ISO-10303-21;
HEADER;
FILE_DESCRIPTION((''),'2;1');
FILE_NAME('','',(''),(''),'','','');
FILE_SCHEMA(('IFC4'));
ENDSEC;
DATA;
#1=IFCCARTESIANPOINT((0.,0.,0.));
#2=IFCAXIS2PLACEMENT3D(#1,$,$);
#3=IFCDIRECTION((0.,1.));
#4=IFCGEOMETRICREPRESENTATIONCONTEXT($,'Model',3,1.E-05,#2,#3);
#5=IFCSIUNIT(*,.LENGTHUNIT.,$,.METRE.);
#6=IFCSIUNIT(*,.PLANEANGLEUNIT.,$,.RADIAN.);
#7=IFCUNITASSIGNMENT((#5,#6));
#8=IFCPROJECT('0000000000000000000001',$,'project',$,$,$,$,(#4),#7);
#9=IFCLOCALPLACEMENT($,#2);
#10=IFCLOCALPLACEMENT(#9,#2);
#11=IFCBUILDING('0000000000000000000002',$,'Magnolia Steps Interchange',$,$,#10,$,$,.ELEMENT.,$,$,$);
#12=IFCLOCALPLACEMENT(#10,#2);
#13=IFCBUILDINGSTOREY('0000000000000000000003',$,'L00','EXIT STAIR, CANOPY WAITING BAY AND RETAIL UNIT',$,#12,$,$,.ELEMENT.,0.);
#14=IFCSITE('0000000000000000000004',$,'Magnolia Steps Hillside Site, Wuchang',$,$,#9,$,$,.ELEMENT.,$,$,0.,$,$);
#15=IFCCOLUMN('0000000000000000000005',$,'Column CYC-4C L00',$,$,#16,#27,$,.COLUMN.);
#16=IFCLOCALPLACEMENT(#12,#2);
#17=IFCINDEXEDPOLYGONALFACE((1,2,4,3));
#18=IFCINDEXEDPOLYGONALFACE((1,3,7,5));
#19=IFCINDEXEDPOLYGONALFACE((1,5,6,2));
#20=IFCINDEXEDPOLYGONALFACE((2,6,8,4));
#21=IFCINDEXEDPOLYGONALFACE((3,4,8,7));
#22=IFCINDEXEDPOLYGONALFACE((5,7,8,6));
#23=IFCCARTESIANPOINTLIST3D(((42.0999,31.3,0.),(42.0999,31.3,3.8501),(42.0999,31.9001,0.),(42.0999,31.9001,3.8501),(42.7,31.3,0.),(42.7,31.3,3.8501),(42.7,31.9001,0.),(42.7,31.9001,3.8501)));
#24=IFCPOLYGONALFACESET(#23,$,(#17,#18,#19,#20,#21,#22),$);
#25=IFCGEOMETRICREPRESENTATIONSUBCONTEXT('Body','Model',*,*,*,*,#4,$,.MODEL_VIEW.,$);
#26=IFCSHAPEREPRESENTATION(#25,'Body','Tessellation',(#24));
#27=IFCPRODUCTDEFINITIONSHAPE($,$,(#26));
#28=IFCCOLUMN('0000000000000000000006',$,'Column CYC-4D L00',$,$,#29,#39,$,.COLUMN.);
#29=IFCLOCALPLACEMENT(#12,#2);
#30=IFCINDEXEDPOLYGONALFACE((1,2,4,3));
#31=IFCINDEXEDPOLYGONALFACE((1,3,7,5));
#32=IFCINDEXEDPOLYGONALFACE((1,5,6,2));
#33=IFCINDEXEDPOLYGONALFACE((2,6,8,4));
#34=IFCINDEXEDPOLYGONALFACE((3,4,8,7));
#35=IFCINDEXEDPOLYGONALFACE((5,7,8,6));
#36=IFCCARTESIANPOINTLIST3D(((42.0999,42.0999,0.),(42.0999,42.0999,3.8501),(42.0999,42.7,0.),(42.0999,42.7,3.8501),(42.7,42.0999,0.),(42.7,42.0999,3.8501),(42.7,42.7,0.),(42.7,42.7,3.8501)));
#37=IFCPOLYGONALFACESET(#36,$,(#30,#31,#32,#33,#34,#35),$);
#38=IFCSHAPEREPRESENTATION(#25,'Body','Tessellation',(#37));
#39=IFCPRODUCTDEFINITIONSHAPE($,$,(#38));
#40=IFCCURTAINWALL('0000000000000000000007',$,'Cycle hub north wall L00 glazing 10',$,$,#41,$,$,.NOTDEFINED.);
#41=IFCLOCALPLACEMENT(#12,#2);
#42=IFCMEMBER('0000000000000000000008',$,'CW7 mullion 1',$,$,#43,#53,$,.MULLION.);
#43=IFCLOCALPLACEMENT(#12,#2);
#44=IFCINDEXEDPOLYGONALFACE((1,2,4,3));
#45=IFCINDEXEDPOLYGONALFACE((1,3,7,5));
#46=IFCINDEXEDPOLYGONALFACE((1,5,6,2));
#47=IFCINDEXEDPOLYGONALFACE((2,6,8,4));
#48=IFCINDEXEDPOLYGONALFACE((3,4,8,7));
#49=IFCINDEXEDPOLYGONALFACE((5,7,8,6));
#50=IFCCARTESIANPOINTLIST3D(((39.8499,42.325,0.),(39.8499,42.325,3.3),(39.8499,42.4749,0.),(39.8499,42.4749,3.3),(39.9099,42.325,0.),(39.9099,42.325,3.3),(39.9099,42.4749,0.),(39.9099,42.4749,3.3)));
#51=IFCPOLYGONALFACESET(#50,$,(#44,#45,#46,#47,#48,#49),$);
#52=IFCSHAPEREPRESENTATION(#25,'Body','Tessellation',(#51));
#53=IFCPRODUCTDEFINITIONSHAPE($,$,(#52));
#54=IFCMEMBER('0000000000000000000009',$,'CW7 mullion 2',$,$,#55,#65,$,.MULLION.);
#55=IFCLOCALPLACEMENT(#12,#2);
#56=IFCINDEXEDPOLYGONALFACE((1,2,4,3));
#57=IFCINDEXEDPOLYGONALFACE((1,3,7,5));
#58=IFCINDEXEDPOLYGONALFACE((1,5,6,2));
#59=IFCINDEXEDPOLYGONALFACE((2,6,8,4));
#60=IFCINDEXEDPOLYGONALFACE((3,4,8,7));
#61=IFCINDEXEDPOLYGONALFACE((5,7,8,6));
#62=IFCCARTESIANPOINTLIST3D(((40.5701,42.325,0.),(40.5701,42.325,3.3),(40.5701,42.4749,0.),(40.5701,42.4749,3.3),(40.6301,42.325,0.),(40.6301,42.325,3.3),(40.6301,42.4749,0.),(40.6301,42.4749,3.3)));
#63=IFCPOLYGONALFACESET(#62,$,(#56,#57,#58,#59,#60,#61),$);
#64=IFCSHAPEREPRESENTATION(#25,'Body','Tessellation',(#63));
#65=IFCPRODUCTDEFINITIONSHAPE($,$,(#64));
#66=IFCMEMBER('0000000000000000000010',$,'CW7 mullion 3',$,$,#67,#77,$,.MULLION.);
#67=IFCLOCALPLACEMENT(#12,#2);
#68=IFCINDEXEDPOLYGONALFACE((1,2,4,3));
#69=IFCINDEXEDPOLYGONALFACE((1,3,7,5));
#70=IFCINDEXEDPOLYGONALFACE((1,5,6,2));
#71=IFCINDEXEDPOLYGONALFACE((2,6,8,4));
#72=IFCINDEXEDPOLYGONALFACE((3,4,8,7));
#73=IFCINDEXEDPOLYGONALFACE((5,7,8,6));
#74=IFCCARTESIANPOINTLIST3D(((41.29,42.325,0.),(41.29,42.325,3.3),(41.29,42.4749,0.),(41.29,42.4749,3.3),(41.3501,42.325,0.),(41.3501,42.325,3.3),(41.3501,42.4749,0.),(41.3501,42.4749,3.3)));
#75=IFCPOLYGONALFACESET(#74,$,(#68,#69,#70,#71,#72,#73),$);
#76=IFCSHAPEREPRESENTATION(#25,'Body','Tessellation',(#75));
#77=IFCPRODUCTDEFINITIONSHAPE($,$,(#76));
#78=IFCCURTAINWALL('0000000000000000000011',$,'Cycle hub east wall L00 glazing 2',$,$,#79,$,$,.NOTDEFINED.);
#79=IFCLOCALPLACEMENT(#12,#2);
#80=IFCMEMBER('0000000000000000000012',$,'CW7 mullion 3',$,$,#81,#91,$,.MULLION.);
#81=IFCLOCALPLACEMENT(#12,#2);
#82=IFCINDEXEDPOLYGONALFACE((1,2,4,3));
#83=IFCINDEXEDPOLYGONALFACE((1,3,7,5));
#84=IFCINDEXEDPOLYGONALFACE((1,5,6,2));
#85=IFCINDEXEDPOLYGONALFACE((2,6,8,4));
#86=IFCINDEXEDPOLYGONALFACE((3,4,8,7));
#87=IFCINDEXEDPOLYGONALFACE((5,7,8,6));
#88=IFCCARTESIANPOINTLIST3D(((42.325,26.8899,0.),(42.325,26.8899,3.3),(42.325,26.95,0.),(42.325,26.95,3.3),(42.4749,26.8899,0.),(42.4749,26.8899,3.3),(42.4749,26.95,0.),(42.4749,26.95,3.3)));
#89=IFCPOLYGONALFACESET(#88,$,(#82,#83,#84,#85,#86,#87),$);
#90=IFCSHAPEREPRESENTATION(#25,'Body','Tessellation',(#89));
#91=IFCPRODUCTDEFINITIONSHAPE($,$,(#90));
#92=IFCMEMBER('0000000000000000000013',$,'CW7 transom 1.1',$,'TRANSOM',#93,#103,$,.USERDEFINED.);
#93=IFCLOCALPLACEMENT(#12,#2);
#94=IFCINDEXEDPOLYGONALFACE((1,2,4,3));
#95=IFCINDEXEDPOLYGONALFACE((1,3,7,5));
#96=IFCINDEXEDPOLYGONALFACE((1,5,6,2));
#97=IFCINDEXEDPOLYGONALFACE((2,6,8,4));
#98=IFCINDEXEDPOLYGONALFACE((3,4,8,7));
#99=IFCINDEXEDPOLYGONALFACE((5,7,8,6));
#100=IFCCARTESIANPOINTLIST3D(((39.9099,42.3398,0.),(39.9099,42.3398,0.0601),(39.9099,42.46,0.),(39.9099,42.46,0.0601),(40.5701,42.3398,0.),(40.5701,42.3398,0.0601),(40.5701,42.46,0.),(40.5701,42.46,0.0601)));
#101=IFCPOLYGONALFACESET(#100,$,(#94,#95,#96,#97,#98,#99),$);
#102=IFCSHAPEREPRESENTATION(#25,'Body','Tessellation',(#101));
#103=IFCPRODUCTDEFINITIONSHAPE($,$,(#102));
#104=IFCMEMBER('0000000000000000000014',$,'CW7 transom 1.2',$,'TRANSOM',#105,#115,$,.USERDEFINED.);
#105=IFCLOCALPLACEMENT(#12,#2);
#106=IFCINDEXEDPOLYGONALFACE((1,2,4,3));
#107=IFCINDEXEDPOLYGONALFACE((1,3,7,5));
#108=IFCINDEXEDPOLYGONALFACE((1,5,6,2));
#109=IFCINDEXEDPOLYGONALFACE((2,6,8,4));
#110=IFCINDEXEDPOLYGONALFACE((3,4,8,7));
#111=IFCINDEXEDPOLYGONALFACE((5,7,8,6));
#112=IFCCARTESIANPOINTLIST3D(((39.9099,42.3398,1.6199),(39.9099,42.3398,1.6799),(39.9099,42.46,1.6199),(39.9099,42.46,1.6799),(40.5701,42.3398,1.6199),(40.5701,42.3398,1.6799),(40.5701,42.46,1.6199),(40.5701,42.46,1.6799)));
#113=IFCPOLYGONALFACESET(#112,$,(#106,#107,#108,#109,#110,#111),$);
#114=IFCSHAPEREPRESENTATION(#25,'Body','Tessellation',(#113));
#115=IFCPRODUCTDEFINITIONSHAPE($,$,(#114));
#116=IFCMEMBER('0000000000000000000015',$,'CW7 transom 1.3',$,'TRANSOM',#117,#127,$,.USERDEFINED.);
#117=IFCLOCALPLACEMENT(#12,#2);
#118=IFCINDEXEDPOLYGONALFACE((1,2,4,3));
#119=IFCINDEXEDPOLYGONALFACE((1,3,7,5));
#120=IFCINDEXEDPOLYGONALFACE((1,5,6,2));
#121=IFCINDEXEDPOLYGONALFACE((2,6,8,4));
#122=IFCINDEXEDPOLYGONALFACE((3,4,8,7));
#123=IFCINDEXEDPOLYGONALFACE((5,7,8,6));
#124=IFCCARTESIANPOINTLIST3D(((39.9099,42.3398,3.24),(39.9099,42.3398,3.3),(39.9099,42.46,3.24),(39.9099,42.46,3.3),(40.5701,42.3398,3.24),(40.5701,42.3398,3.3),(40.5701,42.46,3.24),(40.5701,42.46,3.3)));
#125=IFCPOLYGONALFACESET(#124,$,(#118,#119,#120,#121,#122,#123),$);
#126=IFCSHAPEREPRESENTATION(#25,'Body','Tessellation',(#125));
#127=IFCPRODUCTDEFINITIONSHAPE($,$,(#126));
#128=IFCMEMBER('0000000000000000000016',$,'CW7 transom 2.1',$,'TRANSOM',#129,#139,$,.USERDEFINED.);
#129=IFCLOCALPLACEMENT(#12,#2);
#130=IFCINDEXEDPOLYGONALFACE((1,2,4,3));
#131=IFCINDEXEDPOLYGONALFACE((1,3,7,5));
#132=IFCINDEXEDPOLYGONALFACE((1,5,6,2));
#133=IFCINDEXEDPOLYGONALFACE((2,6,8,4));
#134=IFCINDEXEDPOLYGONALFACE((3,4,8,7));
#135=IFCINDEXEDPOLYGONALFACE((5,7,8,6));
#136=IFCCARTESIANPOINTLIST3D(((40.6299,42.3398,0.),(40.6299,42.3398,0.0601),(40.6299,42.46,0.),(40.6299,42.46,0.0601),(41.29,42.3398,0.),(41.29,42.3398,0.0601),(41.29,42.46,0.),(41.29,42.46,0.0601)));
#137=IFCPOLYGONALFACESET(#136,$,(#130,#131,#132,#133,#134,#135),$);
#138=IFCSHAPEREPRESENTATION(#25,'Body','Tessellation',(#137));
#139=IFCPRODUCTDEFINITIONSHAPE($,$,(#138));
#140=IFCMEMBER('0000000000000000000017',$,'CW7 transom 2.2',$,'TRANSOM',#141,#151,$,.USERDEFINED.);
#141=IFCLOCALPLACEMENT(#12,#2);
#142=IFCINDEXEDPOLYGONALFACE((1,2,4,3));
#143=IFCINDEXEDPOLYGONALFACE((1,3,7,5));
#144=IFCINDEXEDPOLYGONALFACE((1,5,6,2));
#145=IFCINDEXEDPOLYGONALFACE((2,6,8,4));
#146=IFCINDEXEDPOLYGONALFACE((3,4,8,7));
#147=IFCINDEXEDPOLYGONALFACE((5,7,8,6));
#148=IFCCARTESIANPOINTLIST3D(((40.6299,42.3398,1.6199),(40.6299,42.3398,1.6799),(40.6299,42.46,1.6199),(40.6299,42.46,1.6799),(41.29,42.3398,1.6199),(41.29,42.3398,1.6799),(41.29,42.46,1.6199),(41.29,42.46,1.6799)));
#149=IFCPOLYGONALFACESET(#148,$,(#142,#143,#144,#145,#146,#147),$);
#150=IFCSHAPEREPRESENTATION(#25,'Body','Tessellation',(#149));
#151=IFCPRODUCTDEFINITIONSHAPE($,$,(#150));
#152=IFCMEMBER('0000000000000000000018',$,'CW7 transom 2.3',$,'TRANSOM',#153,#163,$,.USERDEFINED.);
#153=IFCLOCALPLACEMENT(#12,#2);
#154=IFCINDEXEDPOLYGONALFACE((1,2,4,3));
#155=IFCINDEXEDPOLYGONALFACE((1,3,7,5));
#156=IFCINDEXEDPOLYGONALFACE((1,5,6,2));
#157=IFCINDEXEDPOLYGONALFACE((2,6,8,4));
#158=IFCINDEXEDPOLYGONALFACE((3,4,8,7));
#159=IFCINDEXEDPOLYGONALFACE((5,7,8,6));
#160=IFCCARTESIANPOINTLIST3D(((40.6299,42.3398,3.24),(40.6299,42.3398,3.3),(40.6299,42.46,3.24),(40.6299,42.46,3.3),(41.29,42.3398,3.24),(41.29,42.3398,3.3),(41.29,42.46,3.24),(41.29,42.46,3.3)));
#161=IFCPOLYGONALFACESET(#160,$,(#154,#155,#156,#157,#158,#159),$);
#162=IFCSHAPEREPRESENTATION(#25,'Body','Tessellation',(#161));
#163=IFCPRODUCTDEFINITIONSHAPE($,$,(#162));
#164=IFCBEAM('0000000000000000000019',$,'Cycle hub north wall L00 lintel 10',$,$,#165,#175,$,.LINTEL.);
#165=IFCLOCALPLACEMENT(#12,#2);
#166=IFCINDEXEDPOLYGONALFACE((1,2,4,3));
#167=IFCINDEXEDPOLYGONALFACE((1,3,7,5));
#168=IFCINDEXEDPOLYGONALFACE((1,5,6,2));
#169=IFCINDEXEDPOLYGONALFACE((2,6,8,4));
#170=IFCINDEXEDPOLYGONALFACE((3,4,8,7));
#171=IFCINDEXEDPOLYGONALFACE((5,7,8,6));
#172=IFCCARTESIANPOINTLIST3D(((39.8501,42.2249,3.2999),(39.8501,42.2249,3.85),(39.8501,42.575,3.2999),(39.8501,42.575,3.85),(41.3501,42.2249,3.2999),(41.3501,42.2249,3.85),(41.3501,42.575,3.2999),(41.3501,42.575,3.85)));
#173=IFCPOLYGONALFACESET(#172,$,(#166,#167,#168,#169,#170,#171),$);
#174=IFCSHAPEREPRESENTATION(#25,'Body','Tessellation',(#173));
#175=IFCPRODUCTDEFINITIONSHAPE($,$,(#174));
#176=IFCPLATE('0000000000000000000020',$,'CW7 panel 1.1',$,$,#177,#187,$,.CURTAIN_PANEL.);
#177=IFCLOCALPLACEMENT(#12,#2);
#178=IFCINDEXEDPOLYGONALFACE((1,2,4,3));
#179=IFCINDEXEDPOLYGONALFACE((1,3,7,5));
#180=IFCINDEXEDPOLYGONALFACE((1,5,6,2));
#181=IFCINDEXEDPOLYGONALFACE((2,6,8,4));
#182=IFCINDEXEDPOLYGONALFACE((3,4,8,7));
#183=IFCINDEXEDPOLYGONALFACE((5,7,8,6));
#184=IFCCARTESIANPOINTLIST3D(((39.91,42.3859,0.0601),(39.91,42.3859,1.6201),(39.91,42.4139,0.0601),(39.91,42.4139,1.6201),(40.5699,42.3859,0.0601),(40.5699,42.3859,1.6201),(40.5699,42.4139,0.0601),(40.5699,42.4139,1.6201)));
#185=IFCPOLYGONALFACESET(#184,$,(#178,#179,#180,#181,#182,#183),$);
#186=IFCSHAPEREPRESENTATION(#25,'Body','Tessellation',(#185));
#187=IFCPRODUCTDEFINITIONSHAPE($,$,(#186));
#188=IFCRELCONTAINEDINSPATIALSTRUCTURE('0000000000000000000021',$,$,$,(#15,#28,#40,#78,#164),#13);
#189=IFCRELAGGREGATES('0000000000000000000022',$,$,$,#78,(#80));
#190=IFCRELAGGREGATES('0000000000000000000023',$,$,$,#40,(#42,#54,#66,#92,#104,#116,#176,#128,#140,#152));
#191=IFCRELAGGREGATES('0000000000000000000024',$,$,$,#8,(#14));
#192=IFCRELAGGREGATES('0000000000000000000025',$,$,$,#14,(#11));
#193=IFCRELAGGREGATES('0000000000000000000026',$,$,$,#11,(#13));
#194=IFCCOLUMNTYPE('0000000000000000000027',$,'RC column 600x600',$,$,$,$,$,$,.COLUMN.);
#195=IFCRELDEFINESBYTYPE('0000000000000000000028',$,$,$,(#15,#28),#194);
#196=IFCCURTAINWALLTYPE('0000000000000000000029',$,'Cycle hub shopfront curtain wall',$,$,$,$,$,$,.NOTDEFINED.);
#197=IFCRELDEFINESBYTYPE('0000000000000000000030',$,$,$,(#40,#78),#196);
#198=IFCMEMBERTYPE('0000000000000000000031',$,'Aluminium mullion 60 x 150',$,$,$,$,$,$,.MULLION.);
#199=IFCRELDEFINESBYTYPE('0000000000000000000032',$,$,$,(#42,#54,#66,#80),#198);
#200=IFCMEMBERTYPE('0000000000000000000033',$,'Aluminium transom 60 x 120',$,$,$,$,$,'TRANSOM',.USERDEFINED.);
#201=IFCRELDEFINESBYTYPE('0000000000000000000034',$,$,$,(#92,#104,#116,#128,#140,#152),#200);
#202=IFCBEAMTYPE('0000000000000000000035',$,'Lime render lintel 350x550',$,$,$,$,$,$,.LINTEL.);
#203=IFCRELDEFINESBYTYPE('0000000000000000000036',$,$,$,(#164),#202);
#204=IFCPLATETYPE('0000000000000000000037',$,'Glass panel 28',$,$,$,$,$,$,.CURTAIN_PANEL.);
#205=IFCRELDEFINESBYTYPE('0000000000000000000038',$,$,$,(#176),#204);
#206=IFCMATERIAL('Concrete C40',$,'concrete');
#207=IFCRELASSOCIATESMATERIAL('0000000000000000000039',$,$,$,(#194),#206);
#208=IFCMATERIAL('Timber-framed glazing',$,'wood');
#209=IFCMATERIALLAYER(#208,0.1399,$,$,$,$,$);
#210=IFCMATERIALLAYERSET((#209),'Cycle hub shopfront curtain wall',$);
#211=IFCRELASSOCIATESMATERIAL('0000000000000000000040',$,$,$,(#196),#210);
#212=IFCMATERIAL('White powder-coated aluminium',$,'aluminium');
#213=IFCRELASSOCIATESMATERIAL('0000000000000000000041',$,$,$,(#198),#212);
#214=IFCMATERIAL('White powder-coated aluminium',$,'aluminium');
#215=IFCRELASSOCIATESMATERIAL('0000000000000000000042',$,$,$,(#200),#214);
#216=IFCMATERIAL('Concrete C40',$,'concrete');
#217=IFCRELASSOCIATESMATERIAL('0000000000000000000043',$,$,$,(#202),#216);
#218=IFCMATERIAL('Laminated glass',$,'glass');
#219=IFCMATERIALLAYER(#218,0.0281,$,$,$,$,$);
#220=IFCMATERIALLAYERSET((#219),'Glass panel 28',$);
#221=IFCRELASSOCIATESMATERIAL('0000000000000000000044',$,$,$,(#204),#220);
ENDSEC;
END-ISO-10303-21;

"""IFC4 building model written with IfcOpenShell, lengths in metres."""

from ifc_helpers import new_model, si_unit, direction, frame, origin, origin_2d, place, context, subcontext, project, spatial, rectangle, extrude, material, layer, layer_set, material_profile, profile_set, type_object, element, aggregate, save


model = new_model("IFC4")

# Units and contexts
model_context = context("Model", 3, precision=1e-05, world=origin(), true_north=direction((0.0, 1.0)))
body_context = subcontext(model_context, "Body", "Model", "MODEL_VIEW")
ifc_project = project(units=[si_unit("LENGTHUNIT", "METRE"), si_unit("PLANEANGLEUNIT", "RADIAN")], contexts=[model_context])

# Site, building, storey
site_placement = place(None, origin())
site = spatial("IfcSite", under=ifc_project, at=site_placement, Name="Magnolia Steps Hillside Site, Wuchang", CompositionType="ELEMENT", RefElevation=0.0)
building_placement = place(site_placement, origin())
building = spatial("IfcBuilding", under=site, at=building_placement, Name="Magnolia Steps Interchange", CompositionType="ELEMENT")
storey_placement = place(building_placement, origin())
storey = spatial("IfcBuildingStorey", under=building, at=storey_placement, Name="L00", Description="EXIT STAIR, CANOPY WAITING BAY AND RETAIL UNIT", CompositionType="ELEMENT", Elevation=0.0)

# Columns
ifc_material_1 = material(Name="Concrete C40", Category="concrete")
ifc_material_profile_1 = material_profile(ifc_material_1, rectangle(XDim=0.6001, YDim=0.6001, at=origin_2d()), Name="RC600x600")
ifc_profile_set_1 = profile_set([ifc_material_profile_1], Name="Concrete C40")
column_type = type_object("IfcColumnType", Name="RC column 600x600", PredefinedType="COLUMN", material=ifc_profile_set_1)
for number, where, z_axis, x_axis, name in (
    (1, (42.3999, 31.6001, 0.0), (0.0, 0.0, 1.0), (1.0, 0.0, 0.0), "Column CYC-4C L00"),
    (2, (42.3999, 42.3999, 0.0), (0.0, 0.0, 1.0), (1.0, 0.0, 0.0), "Column CYC-4D L00"),
):
    element("IfcColumn", number, at=place(storey_placement, frame(where, z_axis=z_axis, x_axis=x_axis)), inside=storey, type_object=column_type, Name=name, PredefinedType="COLUMN", context=body_context, shape_type="SweptSolid", body=[
        extrude(rectangle(XDim=0.6001, YDim=0.6001, at=origin_2d()), origin(), (0.0, 0.0, 1.0), 3.8501),
    ])

# Curtain wall, members
ifc_material_2 = material(Name="Timber-framed glazing", Category="wood")
ifc_layer_1 = layer(ifc_material_2, 0.1399)
ifc_layer_set_1 = layer_set([ifc_layer_1], Name="Cycle hub shopfront curtain wall")
curtain_wall_type = type_object("IfcCurtainWallType", Name="Cycle hub shopfront curtain wall", PredefinedType="NOTDEFINED", material=ifc_layer_set_1)
curtain_wall_1_placement = place(storey_placement, origin())
curtain_wall_1 = element("IfcCurtainWall", 3, at=curtain_wall_1_placement, inside=storey, type_object=curtain_wall_type, Name="Cycle hub north wall L00 glazing 10", PredefinedType="NOTDEFINED")
ifc_material_3 = material(Name="White powder-coated aluminium", Category="aluminium")
ifc_material_profile_2 = material_profile(ifc_material_3, rectangle(XDim=0.0601, YDim=0.1499, at=origin_2d()), Name="Aluminium mullion 60 x 150")
ifc_profile_set_2 = profile_set([ifc_material_profile_2], Name="White powder-coated aluminium")
member_type_1 = type_object("IfcMemberType", Name="Aluminium mullion 60 x 150", PredefinedType="MULLION", material=ifc_profile_set_2)
member_1_placement = place(storey_placement, frame((39.8799, 42.3999, 0.0), z_axis=(0.0, 0.0, 1.0), x_axis=(1.0, 0.0, 0.0)))
member_1 = element("IfcMember", 4, at=member_1_placement, type_object=member_type_1, Name="CW7 mullion 1", PredefinedType="MULLION", context=body_context, shape_type="SweptSolid", body=[
    extrude(rectangle(XDim=0.0601, YDim=0.1499, at=origin_2d()), origin(), (0.0, 0.0, 1.0), 3.3),
])
member_2_placement = place(storey_placement, frame((40.6001, 42.3999, 0.0), z_axis=(0.0, 0.0, 1.0), x_axis=(1.0, 0.0, 0.0)))
member_2 = element("IfcMember", 5, at=member_2_placement, type_object=member_type_1, Name="CW7 mullion 2", PredefinedType="MULLION", context=body_context, shape_type="SweptSolid", body=[
    extrude(rectangle(XDim=0.0601, YDim=0.1499, at=origin_2d()), origin(), (0.0, 0.0, 1.0), 3.3),
])
member_3_placement = place(storey_placement, frame((41.3201, 42.3999, 0.0), z_axis=(0.0, 0.0, 1.0), x_axis=(1.0, 0.0, 0.0)))
member_3 = element("IfcMember", 6, at=member_3_placement, type_object=member_type_1, Name="CW7 mullion 3", PredefinedType="MULLION", context=body_context, shape_type="SweptSolid", body=[
    extrude(rectangle(XDim=0.0601, YDim=0.1499, at=origin_2d()), origin(), (0.0, 0.0, 1.0), 3.3),
])

# Curtain wall, member
curtain_wall_2_placement = place(storey_placement, origin())
curtain_wall_2 = element("IfcCurtainWall", 7, at=curtain_wall_2_placement, inside=storey, type_object=curtain_wall_type, Name="Cycle hub east wall L00 glazing 2", PredefinedType="NOTDEFINED")
member_4_placement = place(storey_placement, frame((42.3999, 26.9199, 0.0), z_axis=(0.0, 0.0, 1.0), x_axis=(0.0, 1.0, 0.0)))
member_4 = element("IfcMember", 8, at=member_4_placement, type_object=member_type_1, Name="CW7 mullion 3", PredefinedType="MULLION", context=body_context, shape_type="SweptSolid", body=[
    extrude(rectangle(XDim=0.0601, YDim=0.1499, at=origin_2d()), origin(), (0.0, 0.0, 1.0), 3.3),
])
aggregate(curtain_wall_2, [member_4])

# Members
ifc_material_4 = material(Name="White powder-coated aluminium", Category="aluminium")
ifc_material_profile_3 = material_profile(ifc_material_4, rectangle(XDim=0.0601, YDim=0.1201, at=origin_2d()), Name="Aluminium transom 60 x 120")
ifc_profile_set_3 = profile_set([ifc_material_profile_3], Name="White powder-coated aluminium")
member_type_2 = type_object("IfcMemberType", Name="Aluminium transom 60 x 120", ElementType="TRANSOM", PredefinedType="USERDEFINED", material=ifc_profile_set_3)
member_5_placement = place(storey_placement, frame((39.9099, 42.3999, 0.03), z_axis=(1.0, 0.0, 0.0), x_axis=(0.0, 0.0, 1.0)))
member_5 = element("IfcMember", 9, at=member_5_placement, type_object=member_type_2, Name="CW7 transom 1.1", ObjectType="TRANSOM", PredefinedType="USERDEFINED", context=body_context, shape_type="SweptSolid", body=[
    extrude(rectangle(XDim=0.0601, YDim=0.1201, at=origin_2d()), origin(), (0.0, 0.0, 1.0), 0.6602),
])
member_6_placement = place(storey_placement, frame((39.9099, 42.3999, 1.6499), z_axis=(1.0, 0.0, 0.0), x_axis=(0.0, 0.0, 1.0)))
member_6 = element("IfcMember", 10, at=member_6_placement, type_object=member_type_2, Name="CW7 transom 1.2", ObjectType="TRANSOM", PredefinedType="USERDEFINED", context=body_context, shape_type="SweptSolid", body=[
    extrude(rectangle(XDim=0.0601, YDim=0.1201, at=origin_2d()), origin(), (0.0, 0.0, 1.0), 0.6602),
])
member_7_placement = place(storey_placement, frame((39.9099, 42.3999, 3.27), z_axis=(1.0, 0.0, 0.0), x_axis=(0.0, 0.0, 1.0)))
member_7 = element("IfcMember", 11, at=member_7_placement, type_object=member_type_2, Name="CW7 transom 1.3", ObjectType="TRANSOM", PredefinedType="USERDEFINED", context=body_context, shape_type="SweptSolid", body=[
    extrude(rectangle(XDim=0.0601, YDim=0.1201, at=origin_2d()), origin(), (0.0, 0.0, 1.0), 0.6602),
])
member_8_placement = place(storey_placement, frame((40.6299, 42.3999, 0.03), z_axis=(1.0, 0.0, 0.0), x_axis=(0.0, 0.0, 1.0)))
member_8 = element("IfcMember", 12, at=member_8_placement, type_object=member_type_2, Name="CW7 transom 2.1", ObjectType="TRANSOM", PredefinedType="USERDEFINED", context=body_context, shape_type="SweptSolid", body=[
    extrude(rectangle(XDim=0.0601, YDim=0.1201, at=origin_2d()), origin(), (0.0, 0.0, 1.0), 0.6602),
])
member_9_placement = place(storey_placement, frame((40.6299, 42.3999, 1.6499), z_axis=(1.0, 0.0, 0.0), x_axis=(0.0, 0.0, 1.0)))
member_9 = element("IfcMember", 13, at=member_9_placement, type_object=member_type_2, Name="CW7 transom 2.2", ObjectType="TRANSOM", PredefinedType="USERDEFINED", context=body_context, shape_type="SweptSolid", body=[
    extrude(rectangle(XDim=0.0601, YDim=0.1201, at=origin_2d()), origin(), (0.0, 0.0, 1.0), 0.6602),
])
member_10_placement = place(storey_placement, frame((40.6299, 42.3999, 3.27), z_axis=(1.0, 0.0, 0.0), x_axis=(0.0, 0.0, 1.0)))
member_10 = element("IfcMember", 14, at=member_10_placement, type_object=member_type_2, Name="CW7 transom 2.3", ObjectType="TRANSOM", PredefinedType="USERDEFINED", context=body_context, shape_type="SweptSolid", body=[
    extrude(rectangle(XDim=0.0601, YDim=0.1201, at=origin_2d()), origin(), (0.0, 0.0, 1.0), 0.6602),
])

# Beam
ifc_material_5 = material(Name="Concrete C40", Category="concrete")
ifc_material_profile_4 = material_profile(ifc_material_5, rectangle(XDim=0.3501, YDim=0.55, at=origin_2d()), Name="RC350x550")
ifc_profile_set_4 = profile_set([ifc_material_profile_4], Name="Concrete C40")
beam_type = type_object("IfcBeamType", Name="Lime render lintel 350x550", PredefinedType="LINTEL", material=ifc_profile_set_4)
beam_placement = place(storey_placement, frame((39.8501, 42.3999, 3.575), z_axis=(1.0, 0.0, 0.0), x_axis=(0.0, 1.0, 0.0)))
element("IfcBeam", 15, at=beam_placement, inside=storey, type_object=beam_type, Name="Cycle hub north wall L00 lintel 10", PredefinedType="LINTEL", context=body_context, shape_type="SweptSolid", body=[
    extrude(rectangle(XDim=0.3501, YDim=0.55, at=origin_2d()), origin(), (0.0, 0.0, 1.0), 1.5),
])

# Plate
ifc_material_6 = material(Name="Laminated glass", Category="glass")
ifc_layer_2 = layer(ifc_material_6, 0.0281)
ifc_layer_set_2 = layer_set([ifc_layer_2], Name="Glass panel 28")
plate_type = type_object("IfcPlateType", Name="Glass panel 28", PredefinedType="CURTAIN_PANEL", material=ifc_layer_set_2)
plate_1_placement = place(storey_placement, frame((40.24, 42.3999, 0.0601), z_axis=(0.0, 0.0, 1.0), x_axis=(1.0, 0.0, 0.0)))
plate_1 = element("IfcPlate", 16, at=plate_1_placement, type_object=plate_type, Name="CW7 panel 1.1", PredefinedType="CURTAIN_PANEL", context=body_context, shape_type="SweptSolid", body=[
    extrude(rectangle(XDim=0.6599, YDim=0.0281, at=origin_2d()), origin(), (0.0, 0.0, 1.0), 1.5601),
])
aggregate(curtain_wall_1, [member_1, member_2, member_3, member_5, member_6, member_7, plate_1, member_8, member_9, member_10])

save(model, "model.ifc")
